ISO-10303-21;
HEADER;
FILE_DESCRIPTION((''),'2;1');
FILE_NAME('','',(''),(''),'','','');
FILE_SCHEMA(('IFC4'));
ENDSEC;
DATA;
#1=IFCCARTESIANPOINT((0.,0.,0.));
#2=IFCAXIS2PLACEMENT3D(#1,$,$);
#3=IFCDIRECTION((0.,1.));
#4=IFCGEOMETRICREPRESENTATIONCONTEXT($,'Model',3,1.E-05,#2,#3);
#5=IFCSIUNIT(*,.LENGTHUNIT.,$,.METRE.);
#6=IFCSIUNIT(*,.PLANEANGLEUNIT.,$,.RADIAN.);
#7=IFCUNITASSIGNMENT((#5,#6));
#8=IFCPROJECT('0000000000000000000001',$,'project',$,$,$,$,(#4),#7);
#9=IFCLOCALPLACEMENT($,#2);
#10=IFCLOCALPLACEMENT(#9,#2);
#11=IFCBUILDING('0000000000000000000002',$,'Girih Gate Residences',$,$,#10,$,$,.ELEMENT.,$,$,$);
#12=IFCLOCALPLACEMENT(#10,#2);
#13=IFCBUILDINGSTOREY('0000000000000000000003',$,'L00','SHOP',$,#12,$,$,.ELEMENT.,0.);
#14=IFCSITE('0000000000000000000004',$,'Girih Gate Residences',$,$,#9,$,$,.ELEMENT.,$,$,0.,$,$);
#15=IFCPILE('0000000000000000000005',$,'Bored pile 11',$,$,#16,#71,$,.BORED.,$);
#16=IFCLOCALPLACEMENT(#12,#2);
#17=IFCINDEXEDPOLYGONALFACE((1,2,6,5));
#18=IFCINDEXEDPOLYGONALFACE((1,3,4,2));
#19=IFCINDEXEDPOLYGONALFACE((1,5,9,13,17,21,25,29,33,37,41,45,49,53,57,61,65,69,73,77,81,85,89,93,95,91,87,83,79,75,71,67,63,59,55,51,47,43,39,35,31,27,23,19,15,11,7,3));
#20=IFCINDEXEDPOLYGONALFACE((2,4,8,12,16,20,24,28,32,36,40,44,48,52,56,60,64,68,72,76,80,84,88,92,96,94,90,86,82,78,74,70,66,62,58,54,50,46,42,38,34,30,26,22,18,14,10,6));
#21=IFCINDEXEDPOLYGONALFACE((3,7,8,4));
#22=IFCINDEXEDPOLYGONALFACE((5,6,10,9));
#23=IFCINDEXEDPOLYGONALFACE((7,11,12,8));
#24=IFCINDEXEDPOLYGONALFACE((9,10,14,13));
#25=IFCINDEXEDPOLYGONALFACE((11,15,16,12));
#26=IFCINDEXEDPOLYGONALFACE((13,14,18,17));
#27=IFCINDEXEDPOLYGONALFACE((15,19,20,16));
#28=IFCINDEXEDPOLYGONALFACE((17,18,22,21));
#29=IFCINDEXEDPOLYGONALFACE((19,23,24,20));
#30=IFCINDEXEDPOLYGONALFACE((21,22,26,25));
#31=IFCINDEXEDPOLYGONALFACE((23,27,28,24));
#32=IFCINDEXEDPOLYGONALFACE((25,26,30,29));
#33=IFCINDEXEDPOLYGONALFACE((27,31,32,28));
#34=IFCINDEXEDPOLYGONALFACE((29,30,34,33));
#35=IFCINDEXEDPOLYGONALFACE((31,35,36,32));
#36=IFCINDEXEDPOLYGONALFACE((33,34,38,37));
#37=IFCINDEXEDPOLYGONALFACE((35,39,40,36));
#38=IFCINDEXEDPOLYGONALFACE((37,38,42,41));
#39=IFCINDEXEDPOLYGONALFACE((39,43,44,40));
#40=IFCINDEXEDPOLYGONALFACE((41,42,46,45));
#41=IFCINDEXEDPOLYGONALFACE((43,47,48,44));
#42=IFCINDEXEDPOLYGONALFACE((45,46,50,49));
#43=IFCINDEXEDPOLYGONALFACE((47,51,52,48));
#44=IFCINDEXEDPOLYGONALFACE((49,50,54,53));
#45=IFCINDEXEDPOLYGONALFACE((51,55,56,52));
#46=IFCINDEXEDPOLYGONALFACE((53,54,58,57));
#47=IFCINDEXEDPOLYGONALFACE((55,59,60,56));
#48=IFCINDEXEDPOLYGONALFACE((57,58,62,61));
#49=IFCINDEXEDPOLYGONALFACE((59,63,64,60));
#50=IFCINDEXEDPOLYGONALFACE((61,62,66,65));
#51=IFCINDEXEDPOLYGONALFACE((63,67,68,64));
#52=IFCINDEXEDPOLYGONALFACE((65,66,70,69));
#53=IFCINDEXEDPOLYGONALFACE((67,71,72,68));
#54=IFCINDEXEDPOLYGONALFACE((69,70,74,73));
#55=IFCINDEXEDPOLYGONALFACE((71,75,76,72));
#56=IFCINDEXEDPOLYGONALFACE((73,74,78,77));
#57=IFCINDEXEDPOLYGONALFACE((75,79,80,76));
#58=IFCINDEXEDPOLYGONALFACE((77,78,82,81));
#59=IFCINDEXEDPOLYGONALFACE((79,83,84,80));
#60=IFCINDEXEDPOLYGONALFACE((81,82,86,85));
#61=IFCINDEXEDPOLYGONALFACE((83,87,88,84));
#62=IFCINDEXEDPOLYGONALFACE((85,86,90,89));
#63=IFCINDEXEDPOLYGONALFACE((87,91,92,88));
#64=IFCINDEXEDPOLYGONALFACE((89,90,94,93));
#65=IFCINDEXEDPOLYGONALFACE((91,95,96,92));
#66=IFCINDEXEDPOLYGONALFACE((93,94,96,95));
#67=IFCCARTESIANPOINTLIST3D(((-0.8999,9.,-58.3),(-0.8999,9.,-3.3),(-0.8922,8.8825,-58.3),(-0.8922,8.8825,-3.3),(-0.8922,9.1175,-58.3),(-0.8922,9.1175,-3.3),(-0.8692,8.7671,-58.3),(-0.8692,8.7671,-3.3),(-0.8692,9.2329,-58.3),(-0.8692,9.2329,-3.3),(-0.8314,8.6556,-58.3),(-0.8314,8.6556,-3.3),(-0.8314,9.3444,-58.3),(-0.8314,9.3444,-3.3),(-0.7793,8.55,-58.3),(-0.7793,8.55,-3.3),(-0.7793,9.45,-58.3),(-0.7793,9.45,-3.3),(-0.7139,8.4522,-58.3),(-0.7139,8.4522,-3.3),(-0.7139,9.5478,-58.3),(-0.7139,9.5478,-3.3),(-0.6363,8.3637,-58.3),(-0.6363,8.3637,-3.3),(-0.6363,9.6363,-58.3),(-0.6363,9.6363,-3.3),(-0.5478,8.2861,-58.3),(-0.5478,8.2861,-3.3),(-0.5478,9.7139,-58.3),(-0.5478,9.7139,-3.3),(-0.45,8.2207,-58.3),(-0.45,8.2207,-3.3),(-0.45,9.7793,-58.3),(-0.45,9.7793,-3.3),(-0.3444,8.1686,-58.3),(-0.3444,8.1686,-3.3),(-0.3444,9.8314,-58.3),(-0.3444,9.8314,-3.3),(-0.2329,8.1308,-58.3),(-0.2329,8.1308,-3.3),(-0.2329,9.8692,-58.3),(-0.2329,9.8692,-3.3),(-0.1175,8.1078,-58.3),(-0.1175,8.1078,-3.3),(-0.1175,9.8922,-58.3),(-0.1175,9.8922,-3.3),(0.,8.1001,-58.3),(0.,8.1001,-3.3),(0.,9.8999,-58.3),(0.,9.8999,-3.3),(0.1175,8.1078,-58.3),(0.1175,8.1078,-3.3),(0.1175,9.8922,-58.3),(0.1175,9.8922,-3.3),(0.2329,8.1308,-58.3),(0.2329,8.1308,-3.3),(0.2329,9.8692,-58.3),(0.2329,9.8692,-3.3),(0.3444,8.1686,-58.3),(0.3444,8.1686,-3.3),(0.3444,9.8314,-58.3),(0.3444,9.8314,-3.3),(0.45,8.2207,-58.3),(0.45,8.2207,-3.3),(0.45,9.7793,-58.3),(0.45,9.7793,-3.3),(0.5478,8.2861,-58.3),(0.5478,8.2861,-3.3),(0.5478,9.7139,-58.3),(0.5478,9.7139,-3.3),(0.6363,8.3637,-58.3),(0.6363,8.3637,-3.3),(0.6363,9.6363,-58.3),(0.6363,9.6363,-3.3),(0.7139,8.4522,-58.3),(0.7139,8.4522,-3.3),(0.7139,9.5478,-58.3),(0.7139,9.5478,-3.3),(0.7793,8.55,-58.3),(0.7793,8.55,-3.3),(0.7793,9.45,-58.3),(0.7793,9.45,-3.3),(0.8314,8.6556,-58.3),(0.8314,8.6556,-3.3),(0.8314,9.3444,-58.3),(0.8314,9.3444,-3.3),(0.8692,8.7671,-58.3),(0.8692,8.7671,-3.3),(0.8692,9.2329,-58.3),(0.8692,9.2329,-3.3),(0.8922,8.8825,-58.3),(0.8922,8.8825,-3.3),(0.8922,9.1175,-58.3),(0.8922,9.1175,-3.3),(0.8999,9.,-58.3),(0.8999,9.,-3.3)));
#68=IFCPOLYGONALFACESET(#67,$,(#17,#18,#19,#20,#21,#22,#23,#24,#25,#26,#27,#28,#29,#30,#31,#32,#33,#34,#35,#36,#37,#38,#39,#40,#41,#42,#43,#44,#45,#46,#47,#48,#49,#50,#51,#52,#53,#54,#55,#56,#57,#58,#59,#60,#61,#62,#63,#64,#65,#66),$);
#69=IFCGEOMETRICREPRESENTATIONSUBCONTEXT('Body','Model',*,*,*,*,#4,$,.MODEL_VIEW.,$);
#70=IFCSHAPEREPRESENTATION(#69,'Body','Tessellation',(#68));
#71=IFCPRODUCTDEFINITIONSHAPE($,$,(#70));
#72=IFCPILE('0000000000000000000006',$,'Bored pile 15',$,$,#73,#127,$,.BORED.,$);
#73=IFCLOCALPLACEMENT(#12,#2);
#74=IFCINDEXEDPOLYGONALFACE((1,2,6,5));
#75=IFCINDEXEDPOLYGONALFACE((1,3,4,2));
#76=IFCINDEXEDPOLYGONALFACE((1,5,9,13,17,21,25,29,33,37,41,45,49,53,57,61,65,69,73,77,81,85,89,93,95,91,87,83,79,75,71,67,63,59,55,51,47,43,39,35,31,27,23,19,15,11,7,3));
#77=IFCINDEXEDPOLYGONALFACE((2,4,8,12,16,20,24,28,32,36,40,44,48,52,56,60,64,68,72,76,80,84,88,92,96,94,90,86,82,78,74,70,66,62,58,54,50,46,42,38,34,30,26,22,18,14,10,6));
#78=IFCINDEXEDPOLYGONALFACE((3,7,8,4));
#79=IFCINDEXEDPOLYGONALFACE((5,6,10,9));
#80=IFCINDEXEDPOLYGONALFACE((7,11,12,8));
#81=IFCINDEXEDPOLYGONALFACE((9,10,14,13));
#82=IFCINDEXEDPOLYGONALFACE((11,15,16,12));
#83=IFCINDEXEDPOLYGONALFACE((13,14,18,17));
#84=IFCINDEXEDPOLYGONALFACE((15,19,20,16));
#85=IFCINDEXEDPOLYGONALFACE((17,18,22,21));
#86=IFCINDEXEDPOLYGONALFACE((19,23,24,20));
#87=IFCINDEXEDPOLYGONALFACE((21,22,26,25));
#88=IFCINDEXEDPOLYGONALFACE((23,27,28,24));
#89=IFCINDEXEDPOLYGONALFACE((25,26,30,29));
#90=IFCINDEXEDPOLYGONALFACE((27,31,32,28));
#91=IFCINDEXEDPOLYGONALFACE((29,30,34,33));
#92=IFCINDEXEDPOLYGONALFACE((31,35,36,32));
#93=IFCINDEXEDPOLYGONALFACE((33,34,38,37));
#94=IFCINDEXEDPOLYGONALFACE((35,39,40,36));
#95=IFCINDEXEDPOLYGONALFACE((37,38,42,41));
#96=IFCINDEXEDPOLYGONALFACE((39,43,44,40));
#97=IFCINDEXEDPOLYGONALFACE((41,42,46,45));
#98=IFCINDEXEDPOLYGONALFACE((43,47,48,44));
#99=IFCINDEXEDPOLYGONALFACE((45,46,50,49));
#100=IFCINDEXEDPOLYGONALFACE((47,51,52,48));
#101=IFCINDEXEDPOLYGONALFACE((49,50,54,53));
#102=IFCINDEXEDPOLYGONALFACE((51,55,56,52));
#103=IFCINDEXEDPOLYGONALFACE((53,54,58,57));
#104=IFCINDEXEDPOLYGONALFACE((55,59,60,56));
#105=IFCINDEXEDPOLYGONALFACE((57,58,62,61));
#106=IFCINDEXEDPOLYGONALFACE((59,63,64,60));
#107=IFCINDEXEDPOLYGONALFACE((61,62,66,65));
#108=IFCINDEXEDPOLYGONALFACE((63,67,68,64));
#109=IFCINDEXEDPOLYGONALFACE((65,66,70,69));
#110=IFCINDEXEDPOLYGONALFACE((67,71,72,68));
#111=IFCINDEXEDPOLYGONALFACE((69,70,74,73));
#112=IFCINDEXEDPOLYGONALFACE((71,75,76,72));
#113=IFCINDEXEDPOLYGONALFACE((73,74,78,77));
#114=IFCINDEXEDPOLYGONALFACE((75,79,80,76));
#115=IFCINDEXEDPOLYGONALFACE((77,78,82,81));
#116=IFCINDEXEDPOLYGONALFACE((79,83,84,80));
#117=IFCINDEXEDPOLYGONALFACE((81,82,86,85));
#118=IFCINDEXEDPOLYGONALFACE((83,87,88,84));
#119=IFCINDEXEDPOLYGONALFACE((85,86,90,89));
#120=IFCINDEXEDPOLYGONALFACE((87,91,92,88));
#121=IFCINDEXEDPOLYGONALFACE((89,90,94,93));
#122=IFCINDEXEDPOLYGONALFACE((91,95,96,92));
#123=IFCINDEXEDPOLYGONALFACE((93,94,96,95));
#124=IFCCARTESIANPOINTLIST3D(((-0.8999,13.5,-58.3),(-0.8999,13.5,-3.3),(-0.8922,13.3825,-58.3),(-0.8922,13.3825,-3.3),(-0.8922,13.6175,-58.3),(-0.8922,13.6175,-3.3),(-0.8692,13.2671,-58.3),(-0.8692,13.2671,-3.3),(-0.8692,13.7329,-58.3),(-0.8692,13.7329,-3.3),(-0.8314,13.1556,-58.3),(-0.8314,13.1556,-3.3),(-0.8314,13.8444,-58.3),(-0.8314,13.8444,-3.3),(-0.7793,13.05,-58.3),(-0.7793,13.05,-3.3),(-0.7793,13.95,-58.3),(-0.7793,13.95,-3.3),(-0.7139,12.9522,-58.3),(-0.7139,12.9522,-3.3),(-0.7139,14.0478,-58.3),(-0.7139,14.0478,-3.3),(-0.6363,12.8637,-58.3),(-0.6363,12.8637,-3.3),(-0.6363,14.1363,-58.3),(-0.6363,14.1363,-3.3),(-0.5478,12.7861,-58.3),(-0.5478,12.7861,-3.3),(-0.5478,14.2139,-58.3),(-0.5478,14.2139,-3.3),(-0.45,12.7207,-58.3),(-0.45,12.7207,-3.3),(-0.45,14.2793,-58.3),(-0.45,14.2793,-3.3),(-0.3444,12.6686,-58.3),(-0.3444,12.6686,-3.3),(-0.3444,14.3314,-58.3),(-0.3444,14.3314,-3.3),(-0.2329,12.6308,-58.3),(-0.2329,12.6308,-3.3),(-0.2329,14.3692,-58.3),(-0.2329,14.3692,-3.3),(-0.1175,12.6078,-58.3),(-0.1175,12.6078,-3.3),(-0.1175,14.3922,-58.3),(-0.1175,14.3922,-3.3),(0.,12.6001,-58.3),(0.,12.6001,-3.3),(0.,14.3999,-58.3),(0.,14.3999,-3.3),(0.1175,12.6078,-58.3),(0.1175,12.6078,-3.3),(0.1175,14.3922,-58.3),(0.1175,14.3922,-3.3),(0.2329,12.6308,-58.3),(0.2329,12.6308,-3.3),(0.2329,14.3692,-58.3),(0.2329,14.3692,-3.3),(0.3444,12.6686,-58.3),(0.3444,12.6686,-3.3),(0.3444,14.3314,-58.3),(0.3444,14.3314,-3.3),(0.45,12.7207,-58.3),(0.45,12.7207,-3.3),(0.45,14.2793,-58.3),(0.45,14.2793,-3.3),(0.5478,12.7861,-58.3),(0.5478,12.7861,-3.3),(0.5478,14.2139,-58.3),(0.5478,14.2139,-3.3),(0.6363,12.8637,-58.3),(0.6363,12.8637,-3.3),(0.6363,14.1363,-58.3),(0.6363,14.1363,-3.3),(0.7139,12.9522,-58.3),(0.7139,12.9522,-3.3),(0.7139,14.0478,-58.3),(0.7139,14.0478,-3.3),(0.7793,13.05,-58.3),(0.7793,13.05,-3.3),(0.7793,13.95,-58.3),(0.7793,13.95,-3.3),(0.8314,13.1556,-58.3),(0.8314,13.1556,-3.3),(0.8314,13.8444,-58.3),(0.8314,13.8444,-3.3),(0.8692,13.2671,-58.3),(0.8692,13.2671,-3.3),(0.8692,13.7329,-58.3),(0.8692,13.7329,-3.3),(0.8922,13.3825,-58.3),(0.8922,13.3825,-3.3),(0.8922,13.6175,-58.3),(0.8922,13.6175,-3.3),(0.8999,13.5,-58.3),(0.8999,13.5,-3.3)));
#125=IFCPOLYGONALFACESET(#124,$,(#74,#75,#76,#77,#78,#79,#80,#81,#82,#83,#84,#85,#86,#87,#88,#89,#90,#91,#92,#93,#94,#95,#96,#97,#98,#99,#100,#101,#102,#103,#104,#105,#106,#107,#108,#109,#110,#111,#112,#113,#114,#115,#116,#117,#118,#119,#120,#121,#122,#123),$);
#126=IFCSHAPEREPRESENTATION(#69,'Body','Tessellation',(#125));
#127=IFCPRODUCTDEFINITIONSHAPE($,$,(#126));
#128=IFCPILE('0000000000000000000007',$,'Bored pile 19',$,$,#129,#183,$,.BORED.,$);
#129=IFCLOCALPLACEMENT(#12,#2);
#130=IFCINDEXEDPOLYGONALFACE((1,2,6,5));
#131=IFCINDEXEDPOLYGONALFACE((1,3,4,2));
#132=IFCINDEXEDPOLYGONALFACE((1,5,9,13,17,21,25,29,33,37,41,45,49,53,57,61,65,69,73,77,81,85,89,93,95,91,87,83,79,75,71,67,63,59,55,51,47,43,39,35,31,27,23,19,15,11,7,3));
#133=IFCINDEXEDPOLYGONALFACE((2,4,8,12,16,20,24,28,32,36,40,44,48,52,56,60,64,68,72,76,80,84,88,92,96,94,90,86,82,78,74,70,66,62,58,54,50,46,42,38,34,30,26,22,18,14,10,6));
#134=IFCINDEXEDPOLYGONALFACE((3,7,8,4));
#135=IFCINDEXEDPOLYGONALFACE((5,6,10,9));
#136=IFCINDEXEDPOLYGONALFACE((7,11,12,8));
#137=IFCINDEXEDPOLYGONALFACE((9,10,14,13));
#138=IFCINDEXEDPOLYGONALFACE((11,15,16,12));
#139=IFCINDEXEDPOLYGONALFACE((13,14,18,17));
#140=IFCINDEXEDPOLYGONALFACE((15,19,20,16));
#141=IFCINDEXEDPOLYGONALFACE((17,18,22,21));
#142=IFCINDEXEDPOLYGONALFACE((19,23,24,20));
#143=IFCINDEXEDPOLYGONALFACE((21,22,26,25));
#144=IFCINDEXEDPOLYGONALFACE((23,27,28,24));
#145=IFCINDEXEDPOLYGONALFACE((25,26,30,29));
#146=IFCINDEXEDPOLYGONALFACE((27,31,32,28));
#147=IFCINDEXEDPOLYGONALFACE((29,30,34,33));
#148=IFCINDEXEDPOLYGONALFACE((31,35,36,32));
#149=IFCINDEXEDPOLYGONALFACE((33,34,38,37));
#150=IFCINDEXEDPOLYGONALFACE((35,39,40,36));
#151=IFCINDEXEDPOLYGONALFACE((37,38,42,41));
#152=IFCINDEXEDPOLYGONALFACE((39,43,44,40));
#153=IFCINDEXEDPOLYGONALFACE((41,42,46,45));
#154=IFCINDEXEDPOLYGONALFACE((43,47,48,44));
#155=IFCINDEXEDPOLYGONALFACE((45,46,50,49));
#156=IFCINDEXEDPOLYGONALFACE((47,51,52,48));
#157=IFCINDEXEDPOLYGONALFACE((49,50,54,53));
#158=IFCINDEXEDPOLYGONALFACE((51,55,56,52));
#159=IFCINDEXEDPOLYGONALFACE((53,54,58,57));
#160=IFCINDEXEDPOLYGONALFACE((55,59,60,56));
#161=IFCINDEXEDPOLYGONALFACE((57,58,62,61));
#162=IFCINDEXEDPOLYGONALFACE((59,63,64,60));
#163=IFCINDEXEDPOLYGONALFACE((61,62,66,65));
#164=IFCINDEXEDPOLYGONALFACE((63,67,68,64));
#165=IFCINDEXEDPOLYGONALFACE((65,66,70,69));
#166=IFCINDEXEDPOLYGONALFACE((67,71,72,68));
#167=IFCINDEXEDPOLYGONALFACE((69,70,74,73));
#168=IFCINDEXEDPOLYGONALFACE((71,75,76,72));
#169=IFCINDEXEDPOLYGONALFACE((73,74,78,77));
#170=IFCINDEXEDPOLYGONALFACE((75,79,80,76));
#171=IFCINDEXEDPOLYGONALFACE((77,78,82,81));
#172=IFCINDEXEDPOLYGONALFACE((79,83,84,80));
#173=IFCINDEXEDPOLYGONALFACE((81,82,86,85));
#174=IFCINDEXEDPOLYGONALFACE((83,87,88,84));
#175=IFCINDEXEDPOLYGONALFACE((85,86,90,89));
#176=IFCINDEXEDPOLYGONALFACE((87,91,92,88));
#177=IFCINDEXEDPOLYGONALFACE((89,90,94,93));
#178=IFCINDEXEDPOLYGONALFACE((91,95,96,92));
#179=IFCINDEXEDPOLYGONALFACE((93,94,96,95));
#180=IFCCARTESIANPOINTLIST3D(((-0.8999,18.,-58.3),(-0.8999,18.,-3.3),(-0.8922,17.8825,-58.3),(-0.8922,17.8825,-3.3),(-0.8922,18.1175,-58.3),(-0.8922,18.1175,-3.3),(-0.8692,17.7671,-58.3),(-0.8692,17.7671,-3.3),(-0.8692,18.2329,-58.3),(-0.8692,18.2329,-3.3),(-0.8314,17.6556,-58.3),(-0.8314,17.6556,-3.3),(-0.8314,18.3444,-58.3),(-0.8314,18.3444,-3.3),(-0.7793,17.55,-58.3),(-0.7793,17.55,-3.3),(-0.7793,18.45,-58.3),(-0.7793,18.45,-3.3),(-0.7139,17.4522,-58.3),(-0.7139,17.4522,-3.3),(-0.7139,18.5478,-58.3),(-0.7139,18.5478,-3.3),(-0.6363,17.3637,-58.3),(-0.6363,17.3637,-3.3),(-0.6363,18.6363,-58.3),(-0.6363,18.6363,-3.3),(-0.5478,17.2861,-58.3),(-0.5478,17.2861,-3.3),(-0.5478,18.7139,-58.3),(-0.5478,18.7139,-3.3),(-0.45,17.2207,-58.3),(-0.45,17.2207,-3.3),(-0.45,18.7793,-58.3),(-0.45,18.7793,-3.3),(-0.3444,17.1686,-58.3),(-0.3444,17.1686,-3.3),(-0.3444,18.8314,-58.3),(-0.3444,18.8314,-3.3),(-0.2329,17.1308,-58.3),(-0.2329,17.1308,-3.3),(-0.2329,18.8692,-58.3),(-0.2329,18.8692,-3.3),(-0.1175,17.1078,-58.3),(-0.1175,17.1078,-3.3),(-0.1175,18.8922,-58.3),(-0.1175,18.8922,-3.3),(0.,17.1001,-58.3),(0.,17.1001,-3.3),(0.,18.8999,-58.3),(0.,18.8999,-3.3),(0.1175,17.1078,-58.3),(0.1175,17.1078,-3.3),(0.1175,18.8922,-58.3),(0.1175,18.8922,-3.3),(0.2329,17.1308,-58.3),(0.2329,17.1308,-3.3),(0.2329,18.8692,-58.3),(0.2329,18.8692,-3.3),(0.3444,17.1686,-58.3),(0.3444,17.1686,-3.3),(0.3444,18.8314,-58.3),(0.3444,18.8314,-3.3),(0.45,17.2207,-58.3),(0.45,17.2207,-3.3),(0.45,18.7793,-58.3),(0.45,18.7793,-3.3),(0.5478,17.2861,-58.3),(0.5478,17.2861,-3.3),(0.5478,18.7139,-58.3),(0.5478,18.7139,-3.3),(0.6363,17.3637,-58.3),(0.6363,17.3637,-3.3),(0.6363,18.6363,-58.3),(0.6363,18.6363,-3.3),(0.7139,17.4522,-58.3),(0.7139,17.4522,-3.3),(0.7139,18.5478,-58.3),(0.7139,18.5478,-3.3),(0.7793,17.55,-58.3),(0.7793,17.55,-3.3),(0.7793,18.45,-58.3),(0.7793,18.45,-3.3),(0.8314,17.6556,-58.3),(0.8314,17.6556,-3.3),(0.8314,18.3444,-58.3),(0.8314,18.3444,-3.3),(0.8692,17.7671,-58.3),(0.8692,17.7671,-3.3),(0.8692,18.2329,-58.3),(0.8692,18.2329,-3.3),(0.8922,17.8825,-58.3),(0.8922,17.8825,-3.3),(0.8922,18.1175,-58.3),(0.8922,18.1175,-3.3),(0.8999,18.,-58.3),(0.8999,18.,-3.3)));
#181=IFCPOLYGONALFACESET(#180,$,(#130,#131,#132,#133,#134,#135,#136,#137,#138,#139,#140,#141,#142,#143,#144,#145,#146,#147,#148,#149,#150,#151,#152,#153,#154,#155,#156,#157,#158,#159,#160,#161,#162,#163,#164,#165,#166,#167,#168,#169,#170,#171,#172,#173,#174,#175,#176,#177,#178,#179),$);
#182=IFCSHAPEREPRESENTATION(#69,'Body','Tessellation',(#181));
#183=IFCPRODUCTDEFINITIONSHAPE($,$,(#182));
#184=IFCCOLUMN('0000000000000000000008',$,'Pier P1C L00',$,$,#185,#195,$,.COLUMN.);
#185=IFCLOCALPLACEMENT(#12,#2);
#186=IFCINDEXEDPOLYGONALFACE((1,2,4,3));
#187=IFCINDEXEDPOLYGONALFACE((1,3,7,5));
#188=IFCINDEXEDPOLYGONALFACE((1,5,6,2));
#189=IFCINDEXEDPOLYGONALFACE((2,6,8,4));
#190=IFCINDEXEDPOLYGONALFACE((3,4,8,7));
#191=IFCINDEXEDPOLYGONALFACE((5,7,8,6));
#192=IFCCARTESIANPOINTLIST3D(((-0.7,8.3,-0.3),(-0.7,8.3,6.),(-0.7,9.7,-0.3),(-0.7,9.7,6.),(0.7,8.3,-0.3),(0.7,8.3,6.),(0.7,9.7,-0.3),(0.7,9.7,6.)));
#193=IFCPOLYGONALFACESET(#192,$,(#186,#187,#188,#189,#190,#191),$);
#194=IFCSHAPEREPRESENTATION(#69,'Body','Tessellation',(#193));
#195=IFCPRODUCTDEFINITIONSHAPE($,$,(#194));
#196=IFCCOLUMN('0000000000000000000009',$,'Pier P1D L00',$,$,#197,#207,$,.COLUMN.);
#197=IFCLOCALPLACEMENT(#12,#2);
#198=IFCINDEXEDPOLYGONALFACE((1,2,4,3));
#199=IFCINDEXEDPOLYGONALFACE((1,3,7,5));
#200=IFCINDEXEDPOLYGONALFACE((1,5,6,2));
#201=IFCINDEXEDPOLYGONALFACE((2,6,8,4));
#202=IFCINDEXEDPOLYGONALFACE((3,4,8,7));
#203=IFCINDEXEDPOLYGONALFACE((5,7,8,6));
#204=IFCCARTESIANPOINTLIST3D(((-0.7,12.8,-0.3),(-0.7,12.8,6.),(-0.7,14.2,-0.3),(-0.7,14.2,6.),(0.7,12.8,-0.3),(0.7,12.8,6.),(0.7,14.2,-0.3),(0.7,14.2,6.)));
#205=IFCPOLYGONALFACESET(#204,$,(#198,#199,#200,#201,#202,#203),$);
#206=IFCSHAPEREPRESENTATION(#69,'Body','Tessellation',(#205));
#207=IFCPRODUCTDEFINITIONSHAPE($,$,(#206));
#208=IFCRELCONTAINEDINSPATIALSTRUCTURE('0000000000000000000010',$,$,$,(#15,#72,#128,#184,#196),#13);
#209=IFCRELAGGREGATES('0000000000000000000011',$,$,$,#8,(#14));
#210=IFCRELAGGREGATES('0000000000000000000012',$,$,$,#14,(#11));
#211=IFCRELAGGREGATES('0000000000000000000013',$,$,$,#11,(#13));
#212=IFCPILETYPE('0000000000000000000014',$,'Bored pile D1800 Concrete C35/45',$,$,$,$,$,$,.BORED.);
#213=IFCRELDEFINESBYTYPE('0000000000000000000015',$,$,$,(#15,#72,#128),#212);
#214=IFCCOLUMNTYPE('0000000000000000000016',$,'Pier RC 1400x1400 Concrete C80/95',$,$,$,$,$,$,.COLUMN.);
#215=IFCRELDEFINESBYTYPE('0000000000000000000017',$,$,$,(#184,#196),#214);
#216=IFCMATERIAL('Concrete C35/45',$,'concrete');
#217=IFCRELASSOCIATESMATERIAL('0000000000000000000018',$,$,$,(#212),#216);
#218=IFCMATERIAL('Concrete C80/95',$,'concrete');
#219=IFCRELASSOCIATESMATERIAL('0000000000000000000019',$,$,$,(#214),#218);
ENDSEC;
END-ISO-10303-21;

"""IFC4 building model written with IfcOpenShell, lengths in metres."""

from ifc_helpers import new_model, si_unit, direction, frame, origin, origin_2d, place, context, subcontext, project, spatial, rectangle, circle, extrude, material, material_profile, profile_set, type_object, element, save


model = new_model("IFC4")

# Units and contexts
model_context = context("Model", 3, precision=1e-05, world=origin(), true_north=direction((0.0, 1.0)))
body_context = subcontext(model_context, "Body", "Model", "MODEL_VIEW")
ifc_project = project(units=[si_unit("LENGTHUNIT", "METRE"), si_unit("PLANEANGLEUNIT", "RADIAN")], contexts=[model_context])

# Site, building, storey
site_placement = place(None, origin())
site = spatial("IfcSite", under=ifc_project, at=site_placement, Name="Girih Gate Residences", CompositionType="ELEMENT", RefElevation=0.0)
building_placement = place(site_placement, origin())
building = spatial("IfcBuilding", under=site, at=building_placement, Name="Girih Gate Residences", CompositionType="ELEMENT")
storey_placement = place(building_placement, origin())
storey = spatial("IfcBuildingStorey", under=building, at=storey_placement, Name="L00", Description="SHOP", CompositionType="ELEMENT", Elevation=0.0)

# Piles
ifc_material_1 = material(Name="Concrete C35/45", Category="concrete")
ifc_material_profile_1 = material_profile(ifc_material_1, circle(Radius=0.8999, at=origin_2d()))
ifc_profile_set_1 = profile_set([ifc_material_profile_1], Name="Concrete C35/45")
pile_type = type_object("IfcPileType", Name="Bored pile D1800 Concrete C35/45", PredefinedType="BORED", material=ifc_profile_set_1)
for number, where, z_axis, x_axis, name in (
    (1, (0.0, 9.0, -3.3), (0.0, 0.0, -1.0), (1.0, 0.0, 0.0), "Bored pile 11"),
    (2, (0.0, 13.5, -3.3), (0.0, 0.0, -1.0), (1.0, 0.0, 0.0), "Bored pile 15"),
    (3, (0.0, 18.0, -3.3), (0.0, 0.0, -1.0), (1.0, 0.0, 0.0), "Bored pile 19"),
):
    element("IfcPile", number, at=place(storey_placement, frame(where, z_axis=z_axis, x_axis=x_axis)), inside=storey, type_object=pile_type, Name=name, PredefinedType="BORED", context=body_context, shape_type="SweptSolid", body=[
        extrude(circle(Radius=0.8999, at=origin_2d()), origin(), (0.0, 0.0, 1.0), 55.0),
    ])

# Columns
ifc_material_2 = material(Name="Concrete C80/95", Category="concrete")
ifc_material_profile_2 = material_profile(ifc_material_2, rectangle(XDim=1.3999, YDim=1.3999, at=origin_2d()))
ifc_profile_set_2 = profile_set([ifc_material_profile_2], Name="Concrete C80/95")
column_type = type_object("IfcColumnType", Name="Pier RC 1400x1400 Concrete C80/95", PredefinedType="COLUMN", material=ifc_profile_set_2)
for number, where, z_axis, x_axis, name in (
    (4, (0.0, 9.0, -0.3), (0.0, 0.0, 1.0), (1.0, 0.0, 0.0), "Pier P1C L00"),
    (5, (0.0, 13.5, -0.3), (0.0, 0.0, 1.0), (1.0, 0.0, 0.0), "Pier P1D L00"),
):
    element("IfcColumn", number, at=place(storey_placement, frame(where, z_axis=z_axis, x_axis=x_axis)), inside=storey, type_object=column_type, Name=name, PredefinedType="COLUMN", context=body_context, shape_type="SweptSolid", body=[
        extrude(rectangle(XDim=1.3999, YDim=1.3999, at=origin_2d()), origin(), (0.0, 0.0, 1.0), 6.3),
    ])

save(model, "model.ifc")
